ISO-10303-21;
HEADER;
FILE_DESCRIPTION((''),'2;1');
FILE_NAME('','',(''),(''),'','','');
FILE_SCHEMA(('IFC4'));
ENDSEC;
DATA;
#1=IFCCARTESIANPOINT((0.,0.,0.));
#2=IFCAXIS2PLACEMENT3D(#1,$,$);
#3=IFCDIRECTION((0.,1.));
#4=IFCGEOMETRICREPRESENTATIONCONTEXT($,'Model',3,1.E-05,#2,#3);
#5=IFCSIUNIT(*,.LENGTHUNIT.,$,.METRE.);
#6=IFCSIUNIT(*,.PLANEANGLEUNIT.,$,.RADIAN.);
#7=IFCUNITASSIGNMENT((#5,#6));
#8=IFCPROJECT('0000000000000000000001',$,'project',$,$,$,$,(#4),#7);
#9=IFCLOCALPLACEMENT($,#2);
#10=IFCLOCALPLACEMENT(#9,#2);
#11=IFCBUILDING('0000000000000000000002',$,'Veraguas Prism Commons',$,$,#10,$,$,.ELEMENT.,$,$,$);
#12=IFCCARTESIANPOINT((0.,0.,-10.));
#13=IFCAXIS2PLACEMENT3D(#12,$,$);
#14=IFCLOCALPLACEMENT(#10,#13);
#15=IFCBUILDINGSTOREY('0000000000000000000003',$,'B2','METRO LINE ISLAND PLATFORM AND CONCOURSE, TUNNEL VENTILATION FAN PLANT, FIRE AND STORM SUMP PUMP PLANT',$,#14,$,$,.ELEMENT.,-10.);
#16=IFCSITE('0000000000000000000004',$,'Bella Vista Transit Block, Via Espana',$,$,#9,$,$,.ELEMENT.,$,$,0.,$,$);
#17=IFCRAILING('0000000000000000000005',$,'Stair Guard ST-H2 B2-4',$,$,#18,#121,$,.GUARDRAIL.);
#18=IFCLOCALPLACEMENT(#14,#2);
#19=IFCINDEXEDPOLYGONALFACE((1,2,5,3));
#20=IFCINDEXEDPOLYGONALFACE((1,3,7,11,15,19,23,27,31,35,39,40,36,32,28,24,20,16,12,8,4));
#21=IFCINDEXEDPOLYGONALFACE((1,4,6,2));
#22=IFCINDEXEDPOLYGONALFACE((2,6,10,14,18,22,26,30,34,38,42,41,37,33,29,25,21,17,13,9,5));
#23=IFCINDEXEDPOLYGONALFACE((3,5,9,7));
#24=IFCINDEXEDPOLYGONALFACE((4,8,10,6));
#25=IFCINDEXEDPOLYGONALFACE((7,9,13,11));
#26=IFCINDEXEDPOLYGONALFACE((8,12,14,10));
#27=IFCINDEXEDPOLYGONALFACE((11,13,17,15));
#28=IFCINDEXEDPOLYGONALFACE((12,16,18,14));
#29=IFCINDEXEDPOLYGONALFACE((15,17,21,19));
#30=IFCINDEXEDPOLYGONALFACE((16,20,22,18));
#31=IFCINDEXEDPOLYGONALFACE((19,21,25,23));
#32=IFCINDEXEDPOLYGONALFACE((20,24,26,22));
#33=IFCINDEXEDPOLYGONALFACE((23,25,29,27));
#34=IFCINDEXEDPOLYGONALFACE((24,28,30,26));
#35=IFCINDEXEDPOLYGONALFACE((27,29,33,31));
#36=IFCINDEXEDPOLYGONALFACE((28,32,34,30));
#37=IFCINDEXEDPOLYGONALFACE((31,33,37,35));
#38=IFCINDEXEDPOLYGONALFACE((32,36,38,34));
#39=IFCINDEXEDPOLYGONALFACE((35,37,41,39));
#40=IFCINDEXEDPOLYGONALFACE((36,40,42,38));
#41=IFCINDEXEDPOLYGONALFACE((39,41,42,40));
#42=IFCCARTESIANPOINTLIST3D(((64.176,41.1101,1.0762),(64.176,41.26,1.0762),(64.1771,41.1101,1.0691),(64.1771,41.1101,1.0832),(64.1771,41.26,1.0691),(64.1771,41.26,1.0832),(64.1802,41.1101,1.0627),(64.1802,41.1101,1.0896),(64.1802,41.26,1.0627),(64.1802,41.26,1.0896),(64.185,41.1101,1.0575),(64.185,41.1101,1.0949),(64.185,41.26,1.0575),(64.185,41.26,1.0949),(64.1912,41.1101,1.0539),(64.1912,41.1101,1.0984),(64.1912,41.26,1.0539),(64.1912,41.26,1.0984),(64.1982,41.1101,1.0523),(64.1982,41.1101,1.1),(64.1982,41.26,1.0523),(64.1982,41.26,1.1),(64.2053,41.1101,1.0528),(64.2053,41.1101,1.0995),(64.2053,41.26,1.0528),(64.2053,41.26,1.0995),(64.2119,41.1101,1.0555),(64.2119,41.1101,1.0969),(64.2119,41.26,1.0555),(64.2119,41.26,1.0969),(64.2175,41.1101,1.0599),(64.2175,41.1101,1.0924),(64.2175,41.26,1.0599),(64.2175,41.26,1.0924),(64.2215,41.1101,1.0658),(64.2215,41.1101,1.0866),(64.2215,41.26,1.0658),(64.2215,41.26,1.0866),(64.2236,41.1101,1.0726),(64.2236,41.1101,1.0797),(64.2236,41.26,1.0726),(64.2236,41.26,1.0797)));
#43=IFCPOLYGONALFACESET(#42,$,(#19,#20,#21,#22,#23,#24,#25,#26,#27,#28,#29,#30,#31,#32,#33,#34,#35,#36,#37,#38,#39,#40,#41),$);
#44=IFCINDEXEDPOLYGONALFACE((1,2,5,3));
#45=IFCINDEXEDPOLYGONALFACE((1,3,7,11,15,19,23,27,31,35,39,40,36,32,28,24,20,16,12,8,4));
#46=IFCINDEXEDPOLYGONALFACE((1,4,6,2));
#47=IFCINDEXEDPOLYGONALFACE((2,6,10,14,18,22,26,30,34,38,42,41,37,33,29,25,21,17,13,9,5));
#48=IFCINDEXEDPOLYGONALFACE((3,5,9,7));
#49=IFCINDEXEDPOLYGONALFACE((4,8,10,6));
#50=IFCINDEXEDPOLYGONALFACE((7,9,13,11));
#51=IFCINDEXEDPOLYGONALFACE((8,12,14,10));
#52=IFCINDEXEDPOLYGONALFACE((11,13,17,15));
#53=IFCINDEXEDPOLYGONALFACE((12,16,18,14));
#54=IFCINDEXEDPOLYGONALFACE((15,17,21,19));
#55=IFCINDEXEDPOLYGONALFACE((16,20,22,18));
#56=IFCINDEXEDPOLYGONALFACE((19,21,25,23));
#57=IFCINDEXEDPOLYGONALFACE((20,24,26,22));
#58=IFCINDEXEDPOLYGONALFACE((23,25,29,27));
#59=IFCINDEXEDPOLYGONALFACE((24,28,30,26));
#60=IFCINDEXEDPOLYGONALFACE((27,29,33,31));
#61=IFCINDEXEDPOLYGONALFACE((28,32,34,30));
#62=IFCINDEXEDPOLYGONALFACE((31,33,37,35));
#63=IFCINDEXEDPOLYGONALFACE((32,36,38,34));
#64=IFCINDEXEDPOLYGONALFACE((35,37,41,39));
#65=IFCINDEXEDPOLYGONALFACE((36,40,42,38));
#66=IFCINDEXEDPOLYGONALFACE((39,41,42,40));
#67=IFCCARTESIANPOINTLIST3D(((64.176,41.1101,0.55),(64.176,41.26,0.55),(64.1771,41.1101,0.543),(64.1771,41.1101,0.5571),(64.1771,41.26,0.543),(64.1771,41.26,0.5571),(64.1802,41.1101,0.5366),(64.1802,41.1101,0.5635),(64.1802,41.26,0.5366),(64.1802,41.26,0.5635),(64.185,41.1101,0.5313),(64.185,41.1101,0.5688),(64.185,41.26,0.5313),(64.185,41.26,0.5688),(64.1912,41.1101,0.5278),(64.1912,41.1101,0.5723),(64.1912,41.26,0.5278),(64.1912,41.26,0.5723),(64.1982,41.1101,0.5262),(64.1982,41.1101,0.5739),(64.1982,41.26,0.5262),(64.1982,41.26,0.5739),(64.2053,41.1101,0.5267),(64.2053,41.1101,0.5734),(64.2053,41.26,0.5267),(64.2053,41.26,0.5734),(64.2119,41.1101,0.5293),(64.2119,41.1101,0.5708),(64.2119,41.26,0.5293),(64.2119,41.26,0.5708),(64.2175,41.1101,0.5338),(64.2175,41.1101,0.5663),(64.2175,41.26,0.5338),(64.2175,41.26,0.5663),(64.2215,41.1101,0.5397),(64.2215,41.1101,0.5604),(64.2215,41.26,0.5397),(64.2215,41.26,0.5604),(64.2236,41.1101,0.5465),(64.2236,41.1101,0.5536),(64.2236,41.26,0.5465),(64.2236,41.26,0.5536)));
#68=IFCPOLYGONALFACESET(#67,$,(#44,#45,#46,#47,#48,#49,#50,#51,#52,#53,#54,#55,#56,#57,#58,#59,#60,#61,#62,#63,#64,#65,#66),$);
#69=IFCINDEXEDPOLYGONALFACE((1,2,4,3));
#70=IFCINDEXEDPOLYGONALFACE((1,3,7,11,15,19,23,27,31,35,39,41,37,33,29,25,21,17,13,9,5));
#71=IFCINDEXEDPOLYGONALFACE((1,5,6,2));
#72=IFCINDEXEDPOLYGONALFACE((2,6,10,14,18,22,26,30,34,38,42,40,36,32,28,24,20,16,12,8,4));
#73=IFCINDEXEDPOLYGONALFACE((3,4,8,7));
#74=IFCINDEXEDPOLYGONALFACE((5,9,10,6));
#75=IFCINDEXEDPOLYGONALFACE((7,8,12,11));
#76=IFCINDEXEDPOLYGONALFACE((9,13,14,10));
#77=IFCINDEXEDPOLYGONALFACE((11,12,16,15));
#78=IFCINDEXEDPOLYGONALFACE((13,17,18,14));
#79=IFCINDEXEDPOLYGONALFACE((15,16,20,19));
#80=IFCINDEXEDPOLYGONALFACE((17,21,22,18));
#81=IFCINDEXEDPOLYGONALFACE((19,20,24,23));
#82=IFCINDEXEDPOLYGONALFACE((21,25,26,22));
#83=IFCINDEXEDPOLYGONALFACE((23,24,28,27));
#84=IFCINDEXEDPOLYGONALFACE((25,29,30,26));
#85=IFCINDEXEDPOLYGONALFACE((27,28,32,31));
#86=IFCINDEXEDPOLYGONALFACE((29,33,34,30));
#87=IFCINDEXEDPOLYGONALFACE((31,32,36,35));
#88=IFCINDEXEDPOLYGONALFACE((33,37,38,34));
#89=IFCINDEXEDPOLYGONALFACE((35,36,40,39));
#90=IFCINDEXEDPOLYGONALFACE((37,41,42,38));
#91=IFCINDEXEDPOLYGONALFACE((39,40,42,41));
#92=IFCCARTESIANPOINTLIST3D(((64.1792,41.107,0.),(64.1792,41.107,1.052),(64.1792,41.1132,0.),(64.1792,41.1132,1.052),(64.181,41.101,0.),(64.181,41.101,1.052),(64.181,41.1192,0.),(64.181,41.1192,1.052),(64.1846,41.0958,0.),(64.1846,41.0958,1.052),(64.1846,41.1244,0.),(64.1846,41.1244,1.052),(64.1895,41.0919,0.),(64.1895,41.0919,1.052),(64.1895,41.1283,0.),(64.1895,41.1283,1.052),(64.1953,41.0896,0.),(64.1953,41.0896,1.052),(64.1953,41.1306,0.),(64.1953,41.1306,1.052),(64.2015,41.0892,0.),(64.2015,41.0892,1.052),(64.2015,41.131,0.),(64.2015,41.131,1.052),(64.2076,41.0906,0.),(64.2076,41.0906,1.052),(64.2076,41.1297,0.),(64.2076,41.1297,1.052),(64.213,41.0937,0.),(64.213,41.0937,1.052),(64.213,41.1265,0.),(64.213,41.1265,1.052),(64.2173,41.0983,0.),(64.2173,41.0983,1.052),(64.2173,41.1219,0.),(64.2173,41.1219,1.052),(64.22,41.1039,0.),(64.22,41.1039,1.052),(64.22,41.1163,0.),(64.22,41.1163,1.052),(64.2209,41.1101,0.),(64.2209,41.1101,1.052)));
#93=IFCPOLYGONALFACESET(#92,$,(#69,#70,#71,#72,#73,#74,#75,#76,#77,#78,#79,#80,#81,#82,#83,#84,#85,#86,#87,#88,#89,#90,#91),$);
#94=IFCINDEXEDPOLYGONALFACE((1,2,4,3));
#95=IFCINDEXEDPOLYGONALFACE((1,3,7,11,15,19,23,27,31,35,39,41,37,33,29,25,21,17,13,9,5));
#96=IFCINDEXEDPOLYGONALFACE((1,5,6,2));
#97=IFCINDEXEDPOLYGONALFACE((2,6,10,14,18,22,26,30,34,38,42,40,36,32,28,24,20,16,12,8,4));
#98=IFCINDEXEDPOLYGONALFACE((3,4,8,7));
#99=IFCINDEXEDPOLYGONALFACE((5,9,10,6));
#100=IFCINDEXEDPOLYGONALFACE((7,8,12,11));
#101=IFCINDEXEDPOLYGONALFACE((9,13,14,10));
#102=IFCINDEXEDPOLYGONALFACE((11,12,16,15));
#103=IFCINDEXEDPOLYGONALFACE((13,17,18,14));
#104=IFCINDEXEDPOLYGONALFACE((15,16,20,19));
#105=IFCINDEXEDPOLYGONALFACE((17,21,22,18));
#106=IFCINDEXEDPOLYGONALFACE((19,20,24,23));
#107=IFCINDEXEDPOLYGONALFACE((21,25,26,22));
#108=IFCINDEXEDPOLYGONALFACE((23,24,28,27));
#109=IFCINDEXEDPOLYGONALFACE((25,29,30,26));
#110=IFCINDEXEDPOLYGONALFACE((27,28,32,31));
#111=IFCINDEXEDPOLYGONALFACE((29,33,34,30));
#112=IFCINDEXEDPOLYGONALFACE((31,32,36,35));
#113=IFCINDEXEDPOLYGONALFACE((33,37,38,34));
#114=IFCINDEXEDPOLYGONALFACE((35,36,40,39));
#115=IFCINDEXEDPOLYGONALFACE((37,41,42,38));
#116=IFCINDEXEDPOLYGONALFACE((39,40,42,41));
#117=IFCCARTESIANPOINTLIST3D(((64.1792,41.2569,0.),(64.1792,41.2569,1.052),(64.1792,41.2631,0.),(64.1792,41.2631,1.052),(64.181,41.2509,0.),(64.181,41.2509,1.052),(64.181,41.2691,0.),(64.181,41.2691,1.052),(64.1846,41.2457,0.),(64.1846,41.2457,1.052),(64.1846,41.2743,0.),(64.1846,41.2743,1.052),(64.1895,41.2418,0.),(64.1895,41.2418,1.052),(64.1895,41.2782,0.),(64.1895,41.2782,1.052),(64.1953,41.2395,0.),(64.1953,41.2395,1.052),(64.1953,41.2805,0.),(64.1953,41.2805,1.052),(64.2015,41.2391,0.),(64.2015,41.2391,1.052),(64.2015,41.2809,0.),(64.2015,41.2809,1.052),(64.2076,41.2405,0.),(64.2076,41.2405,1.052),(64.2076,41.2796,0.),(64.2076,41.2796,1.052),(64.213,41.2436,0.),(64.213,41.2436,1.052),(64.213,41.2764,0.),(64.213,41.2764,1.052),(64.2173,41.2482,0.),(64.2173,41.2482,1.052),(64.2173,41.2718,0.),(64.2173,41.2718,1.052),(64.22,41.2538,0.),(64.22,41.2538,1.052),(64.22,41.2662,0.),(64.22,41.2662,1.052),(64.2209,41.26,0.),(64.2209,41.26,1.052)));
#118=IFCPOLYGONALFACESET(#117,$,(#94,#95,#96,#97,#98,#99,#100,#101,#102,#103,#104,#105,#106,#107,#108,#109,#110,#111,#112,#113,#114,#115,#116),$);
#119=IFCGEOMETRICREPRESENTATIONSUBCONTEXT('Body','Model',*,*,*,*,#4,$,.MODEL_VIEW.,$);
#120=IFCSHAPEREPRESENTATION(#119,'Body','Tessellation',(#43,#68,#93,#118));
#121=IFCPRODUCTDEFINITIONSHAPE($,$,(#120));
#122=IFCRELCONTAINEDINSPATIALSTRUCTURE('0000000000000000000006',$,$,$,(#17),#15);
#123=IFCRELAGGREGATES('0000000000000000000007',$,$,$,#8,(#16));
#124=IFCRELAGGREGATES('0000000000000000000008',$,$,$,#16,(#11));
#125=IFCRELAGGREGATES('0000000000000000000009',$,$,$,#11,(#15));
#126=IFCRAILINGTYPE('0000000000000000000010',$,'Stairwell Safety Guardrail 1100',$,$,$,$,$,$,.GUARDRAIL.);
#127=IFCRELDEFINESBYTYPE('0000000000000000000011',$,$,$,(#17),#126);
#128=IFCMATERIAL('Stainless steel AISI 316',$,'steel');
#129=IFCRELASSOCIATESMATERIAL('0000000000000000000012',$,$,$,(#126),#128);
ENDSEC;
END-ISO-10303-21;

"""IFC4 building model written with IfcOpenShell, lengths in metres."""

from ifc_helpers import new_model, si_unit, direction, frame, origin, origin_2d, place, context, subcontext, project, spatial, circle, extrude, material, type_object, element, save


model = new_model("IFC4")

# Units and contexts
model_context = context("Model", 3, precision=1e-05, world=origin(), true_north=direction((0.0, 1.0)))
body_context = subcontext(model_context, "Body", "Model", "MODEL_VIEW")
ifc_project = project(units=[si_unit("LENGTHUNIT", "METRE"), si_unit("PLANEANGLEUNIT", "RADIAN")], contexts=[model_context])

# Site, building, storey
site_placement = place(None, origin())
site = spatial("IfcSite", under=ifc_project, at=site_placement, Name="Bella Vista Transit Block, Via Espana", CompositionType="ELEMENT", RefElevation=0.0)
building_placement = place(site_placement, origin())
building = spatial("IfcBuilding", under=site, at=building_placement, Name="Veraguas Prism Commons", CompositionType="ELEMENT")
storey_placement = place(building_placement, frame((0.0, 0.0, -10.0)))
storey = spatial("IfcBuildingStorey", under=building, at=storey_placement, Name="B2", Description="METRO LINE ISLAND PLATFORM AND CONCOURSE, TUNNEL VENTILATION FAN PLANT, FIRE AND STORM SUMP PUMP PLANT", CompositionType="ELEMENT", Elevation=-10.0)

# Railing
ifc_material_1 = material(Name="Stainless steel AISI 316", Category="steel")
railing_type_1 = type_object("IfcRailingType", Name="Stairwell Safety Guardrail 1100", PredefinedType="GUARDRAIL", material=ifc_material_1)
railing_1_placement = place(storey_placement, frame((64.2, 41.1101, 0.0)))
element("IfcRailing", 1, at=railing_1_placement, inside=storey, type_object=railing_type_1, Name="Stair Guard ST-H2 B2-4", PredefinedType="GUARDRAIL", context=body_context, shape_type="SweptSolid", body=[
    extrude(circle(Radius=0.0239, at=origin_2d()), frame((0.0, 0.0, 1.0762), z_axis=(0.0, 1.0, 0.0), x_axis=(-1.0, 0.0, 0.0)), (0.0, 0.0, 1.0), 0.1499),
    extrude(circle(Radius=0.0239, at=origin_2d()), frame((0.0, 0.0, 0.55), z_axis=(0.0, 1.0, 0.0), x_axis=(-1.0, 0.0, 0.0)), (0.0, 0.0, 1.0), 0.1499),
    extrude(circle(Radius=0.021, at=origin_2d()), origin(), (0.0, 0.0, 1.0), 1.052),
    extrude(circle(Radius=0.021, at=origin_2d()), frame((0.0, 0.1499, 0.0)), (0.0, 0.0, 1.0), 1.052),
])

save(model, "model.ifc")
